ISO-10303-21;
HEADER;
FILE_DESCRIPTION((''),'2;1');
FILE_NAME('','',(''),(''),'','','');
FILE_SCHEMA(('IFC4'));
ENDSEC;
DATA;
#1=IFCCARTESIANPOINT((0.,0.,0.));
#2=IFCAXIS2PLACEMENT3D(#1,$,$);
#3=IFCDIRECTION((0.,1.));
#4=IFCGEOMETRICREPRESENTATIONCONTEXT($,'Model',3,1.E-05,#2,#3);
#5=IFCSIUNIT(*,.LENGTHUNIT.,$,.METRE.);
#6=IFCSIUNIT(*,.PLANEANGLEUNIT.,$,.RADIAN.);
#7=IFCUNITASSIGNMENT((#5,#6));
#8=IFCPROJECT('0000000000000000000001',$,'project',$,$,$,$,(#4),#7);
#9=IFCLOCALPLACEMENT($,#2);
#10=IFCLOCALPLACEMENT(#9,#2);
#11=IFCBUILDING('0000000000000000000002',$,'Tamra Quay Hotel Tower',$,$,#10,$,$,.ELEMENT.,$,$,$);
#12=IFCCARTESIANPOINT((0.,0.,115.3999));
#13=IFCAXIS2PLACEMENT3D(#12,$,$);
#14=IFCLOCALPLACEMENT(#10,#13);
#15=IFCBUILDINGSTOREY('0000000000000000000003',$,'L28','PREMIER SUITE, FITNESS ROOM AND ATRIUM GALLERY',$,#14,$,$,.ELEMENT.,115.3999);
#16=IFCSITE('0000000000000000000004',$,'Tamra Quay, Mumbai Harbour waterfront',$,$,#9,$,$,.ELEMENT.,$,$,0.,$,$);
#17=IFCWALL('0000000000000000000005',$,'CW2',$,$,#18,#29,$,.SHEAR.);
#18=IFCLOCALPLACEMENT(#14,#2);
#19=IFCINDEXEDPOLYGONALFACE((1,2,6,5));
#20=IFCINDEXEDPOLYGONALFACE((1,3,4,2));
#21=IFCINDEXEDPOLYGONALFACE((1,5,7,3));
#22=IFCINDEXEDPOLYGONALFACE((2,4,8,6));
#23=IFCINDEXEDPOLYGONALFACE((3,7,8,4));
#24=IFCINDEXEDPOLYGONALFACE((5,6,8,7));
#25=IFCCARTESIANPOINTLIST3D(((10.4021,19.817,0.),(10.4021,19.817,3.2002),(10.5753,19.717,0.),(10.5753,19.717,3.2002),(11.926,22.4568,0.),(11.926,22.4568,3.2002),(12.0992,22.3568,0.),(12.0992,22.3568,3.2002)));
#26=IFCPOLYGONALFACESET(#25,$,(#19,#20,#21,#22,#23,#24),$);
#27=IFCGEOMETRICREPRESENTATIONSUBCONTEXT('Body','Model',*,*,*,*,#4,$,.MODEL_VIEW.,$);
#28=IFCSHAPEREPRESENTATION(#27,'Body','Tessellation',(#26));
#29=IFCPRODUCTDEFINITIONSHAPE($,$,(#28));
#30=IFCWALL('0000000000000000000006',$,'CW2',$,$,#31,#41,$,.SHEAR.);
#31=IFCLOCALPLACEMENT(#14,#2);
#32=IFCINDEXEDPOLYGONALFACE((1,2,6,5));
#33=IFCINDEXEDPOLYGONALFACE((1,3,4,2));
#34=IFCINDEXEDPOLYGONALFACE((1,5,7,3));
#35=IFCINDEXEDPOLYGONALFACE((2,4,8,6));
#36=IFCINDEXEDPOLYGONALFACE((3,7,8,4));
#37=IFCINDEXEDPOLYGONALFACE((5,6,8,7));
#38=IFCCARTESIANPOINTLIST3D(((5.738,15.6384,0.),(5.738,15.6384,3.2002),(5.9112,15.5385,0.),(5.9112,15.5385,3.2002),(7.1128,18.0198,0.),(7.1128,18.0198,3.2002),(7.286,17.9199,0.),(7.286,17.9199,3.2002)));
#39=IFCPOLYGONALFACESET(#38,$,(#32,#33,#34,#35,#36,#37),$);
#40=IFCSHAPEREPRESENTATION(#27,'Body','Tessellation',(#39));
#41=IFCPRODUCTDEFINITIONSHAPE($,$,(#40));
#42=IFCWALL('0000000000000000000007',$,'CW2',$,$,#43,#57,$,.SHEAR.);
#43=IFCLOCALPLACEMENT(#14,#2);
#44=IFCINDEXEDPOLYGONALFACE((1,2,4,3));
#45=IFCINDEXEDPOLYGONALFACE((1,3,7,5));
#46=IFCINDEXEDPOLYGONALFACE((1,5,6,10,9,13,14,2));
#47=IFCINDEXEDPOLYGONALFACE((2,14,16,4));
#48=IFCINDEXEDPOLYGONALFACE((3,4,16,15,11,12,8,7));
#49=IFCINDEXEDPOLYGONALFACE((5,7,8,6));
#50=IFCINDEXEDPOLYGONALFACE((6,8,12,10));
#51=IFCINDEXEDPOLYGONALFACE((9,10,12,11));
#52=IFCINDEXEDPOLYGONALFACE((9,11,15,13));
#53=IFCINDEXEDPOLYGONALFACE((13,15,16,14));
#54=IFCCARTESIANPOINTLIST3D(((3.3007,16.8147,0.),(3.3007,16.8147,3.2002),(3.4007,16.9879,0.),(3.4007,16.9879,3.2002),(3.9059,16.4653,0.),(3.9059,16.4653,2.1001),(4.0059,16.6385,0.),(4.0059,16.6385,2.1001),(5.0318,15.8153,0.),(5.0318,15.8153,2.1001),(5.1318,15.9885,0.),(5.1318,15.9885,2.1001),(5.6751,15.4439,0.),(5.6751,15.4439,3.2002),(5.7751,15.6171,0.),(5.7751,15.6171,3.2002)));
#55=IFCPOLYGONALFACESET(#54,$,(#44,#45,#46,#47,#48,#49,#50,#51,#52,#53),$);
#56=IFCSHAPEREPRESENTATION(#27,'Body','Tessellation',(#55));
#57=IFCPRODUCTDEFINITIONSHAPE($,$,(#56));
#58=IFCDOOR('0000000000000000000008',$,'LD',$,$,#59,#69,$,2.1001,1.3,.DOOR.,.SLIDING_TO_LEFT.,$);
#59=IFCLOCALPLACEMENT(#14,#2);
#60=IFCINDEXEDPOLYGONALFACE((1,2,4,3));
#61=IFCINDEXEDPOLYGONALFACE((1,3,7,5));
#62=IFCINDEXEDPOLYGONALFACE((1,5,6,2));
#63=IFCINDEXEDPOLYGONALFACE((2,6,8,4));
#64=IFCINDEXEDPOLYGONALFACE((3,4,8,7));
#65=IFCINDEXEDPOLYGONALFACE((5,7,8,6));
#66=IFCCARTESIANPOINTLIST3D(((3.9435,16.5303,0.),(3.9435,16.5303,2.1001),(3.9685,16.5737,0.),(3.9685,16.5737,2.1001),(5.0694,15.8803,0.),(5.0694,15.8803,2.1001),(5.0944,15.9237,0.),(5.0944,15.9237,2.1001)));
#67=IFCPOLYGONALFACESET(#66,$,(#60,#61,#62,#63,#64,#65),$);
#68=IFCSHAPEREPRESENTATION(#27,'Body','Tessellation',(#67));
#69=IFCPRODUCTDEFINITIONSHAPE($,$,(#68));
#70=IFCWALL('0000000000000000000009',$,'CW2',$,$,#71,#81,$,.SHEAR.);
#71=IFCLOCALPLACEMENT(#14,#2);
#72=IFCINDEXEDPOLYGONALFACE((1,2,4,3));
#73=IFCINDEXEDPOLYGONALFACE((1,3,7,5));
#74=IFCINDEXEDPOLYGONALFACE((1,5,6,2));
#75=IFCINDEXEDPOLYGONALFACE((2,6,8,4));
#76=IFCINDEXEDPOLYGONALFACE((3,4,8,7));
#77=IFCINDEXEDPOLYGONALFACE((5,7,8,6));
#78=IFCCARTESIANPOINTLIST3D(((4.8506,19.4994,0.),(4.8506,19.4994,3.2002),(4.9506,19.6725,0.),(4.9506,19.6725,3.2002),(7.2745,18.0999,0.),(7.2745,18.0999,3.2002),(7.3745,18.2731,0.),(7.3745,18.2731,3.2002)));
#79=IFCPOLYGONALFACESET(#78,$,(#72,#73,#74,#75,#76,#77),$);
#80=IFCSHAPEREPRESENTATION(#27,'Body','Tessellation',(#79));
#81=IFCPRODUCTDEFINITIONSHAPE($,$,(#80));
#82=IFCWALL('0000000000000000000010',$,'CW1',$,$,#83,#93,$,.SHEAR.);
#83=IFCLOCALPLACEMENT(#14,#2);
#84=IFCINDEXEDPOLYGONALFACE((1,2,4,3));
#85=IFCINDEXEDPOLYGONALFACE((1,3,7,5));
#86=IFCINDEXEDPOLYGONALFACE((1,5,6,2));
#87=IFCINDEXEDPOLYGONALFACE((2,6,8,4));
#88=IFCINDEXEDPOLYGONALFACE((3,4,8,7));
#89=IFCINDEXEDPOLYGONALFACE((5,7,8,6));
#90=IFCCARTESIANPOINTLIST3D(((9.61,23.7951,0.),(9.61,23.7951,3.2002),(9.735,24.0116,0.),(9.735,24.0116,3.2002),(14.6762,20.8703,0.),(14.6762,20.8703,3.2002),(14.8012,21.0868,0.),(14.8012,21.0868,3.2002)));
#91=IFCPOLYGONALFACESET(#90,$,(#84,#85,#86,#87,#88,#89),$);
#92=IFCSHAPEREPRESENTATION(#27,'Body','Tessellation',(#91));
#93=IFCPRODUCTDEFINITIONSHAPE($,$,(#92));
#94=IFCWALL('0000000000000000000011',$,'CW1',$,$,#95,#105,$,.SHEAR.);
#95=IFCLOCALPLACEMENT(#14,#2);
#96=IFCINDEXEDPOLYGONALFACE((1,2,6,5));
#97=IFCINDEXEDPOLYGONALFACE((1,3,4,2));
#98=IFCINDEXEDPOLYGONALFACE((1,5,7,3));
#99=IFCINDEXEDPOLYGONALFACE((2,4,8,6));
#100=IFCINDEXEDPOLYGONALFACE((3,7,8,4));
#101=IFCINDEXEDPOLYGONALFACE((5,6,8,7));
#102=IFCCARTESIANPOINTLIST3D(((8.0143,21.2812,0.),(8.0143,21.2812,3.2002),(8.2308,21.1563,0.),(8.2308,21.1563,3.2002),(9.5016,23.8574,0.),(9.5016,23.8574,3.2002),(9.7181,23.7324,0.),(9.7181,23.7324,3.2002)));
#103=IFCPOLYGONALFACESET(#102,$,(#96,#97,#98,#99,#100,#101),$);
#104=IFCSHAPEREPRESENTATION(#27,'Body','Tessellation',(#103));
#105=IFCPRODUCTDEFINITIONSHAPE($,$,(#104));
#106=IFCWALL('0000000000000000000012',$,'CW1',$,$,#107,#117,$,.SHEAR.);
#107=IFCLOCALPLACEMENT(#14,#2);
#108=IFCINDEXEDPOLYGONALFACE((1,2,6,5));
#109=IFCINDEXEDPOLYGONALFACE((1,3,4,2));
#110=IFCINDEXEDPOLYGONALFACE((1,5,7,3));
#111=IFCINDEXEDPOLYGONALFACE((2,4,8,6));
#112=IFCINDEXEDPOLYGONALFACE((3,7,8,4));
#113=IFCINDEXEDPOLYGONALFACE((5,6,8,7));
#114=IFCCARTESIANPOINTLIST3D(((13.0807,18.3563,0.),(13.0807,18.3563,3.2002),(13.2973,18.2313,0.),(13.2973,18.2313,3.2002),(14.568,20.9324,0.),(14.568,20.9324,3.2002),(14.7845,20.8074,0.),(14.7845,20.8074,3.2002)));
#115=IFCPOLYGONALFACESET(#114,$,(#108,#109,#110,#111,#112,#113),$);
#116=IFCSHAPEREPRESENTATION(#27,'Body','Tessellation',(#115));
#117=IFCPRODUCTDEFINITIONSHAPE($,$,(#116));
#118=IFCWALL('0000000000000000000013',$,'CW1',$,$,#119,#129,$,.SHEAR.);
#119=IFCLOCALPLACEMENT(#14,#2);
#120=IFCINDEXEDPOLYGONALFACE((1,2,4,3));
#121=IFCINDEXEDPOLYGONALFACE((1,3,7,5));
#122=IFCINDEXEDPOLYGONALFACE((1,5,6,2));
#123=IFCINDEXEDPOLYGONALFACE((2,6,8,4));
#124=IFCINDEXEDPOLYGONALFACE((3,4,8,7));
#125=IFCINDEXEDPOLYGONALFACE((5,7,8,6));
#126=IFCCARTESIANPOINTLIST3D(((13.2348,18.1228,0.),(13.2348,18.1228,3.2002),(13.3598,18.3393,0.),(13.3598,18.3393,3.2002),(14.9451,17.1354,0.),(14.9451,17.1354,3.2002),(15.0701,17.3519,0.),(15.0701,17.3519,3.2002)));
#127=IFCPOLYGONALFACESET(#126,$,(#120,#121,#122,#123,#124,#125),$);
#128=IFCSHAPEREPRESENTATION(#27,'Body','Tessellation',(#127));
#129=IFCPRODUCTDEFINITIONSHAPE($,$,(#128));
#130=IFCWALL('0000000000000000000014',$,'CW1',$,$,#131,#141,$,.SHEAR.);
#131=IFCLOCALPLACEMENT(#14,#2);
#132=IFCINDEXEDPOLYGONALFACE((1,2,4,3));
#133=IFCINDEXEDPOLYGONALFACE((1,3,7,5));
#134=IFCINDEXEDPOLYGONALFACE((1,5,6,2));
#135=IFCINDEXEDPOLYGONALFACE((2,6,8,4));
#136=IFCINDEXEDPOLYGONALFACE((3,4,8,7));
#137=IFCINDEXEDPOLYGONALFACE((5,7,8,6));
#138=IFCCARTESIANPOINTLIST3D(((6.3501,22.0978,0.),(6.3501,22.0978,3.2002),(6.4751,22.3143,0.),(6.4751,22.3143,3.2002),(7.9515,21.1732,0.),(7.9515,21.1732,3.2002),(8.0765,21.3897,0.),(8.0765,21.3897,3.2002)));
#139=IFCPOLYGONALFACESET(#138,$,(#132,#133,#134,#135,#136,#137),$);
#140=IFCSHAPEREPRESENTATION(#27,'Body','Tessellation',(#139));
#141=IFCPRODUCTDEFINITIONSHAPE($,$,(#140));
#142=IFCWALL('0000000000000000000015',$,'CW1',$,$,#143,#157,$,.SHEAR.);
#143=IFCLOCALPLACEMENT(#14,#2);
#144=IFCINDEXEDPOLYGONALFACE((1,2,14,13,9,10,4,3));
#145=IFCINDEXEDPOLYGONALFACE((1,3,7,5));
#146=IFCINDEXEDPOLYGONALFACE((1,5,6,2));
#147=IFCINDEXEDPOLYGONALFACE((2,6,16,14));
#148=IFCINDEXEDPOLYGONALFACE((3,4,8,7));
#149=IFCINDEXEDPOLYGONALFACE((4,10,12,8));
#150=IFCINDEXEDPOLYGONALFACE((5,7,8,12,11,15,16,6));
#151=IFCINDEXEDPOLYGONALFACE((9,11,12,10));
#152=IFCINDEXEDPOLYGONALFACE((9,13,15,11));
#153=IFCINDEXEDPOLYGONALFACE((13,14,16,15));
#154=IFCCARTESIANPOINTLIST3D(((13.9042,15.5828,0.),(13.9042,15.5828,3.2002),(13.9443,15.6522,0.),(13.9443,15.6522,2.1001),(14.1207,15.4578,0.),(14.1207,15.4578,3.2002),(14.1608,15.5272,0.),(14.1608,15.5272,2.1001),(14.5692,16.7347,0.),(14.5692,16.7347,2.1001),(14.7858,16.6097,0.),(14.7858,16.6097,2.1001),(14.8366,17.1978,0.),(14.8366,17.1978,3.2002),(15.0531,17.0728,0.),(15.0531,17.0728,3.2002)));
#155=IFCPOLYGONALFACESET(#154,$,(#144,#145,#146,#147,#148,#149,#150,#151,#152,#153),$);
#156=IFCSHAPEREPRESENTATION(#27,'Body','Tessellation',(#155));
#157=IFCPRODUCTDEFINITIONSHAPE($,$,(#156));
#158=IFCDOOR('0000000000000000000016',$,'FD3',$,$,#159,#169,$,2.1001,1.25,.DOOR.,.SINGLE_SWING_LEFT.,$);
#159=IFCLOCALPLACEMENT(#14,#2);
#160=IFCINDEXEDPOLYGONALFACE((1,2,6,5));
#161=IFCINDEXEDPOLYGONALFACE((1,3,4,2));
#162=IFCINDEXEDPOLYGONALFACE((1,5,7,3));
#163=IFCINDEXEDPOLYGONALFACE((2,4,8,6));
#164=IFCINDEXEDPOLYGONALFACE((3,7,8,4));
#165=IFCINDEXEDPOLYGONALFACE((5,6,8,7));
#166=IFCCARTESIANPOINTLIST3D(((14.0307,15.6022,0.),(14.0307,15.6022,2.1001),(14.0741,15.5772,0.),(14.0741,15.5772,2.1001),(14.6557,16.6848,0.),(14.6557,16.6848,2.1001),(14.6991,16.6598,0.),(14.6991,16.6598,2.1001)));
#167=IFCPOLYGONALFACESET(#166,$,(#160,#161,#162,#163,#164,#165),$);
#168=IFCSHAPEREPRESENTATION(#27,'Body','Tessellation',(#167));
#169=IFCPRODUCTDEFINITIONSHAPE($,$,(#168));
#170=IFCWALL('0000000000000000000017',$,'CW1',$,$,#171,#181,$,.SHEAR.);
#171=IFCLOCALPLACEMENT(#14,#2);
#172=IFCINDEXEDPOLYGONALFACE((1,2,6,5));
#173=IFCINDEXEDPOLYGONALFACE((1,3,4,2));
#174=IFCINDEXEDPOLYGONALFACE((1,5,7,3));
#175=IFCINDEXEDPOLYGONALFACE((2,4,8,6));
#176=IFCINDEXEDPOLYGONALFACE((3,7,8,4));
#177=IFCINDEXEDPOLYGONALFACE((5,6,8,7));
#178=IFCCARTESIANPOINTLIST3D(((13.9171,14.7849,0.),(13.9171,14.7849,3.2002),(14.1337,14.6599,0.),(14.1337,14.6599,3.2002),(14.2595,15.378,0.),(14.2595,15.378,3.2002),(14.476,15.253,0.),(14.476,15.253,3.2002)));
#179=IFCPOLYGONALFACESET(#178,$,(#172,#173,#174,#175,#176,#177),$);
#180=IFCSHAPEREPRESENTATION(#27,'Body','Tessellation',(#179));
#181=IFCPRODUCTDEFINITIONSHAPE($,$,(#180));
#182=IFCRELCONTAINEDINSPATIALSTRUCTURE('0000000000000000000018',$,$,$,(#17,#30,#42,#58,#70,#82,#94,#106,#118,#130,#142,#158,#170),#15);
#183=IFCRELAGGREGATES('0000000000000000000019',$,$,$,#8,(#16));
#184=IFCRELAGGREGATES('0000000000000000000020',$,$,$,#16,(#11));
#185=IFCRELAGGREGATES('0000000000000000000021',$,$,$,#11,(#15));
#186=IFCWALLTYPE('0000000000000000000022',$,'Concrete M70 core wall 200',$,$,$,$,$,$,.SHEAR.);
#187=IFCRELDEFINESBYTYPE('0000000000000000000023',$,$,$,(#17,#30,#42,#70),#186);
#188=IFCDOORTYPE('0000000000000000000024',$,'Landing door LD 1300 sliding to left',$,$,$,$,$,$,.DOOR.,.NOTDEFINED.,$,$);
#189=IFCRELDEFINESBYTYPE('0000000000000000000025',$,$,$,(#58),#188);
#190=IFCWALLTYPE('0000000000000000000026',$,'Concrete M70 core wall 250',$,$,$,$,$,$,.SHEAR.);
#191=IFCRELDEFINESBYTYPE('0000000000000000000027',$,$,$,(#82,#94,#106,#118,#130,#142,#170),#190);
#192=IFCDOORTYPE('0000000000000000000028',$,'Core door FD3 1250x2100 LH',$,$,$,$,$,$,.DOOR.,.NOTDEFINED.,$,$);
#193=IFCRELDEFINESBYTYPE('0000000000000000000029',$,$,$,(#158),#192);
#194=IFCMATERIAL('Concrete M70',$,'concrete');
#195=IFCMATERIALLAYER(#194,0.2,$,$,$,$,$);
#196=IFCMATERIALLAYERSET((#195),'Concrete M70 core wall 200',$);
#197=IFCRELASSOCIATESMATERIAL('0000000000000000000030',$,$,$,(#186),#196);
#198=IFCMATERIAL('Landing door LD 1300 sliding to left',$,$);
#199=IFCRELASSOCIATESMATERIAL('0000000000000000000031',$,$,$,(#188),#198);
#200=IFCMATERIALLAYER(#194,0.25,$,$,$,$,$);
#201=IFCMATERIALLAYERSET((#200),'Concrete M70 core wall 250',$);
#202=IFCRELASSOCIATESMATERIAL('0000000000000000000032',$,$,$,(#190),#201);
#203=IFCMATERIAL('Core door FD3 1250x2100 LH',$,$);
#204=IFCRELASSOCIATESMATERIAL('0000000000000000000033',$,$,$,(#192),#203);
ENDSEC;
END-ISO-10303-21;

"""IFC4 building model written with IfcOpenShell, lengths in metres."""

from ifc_helpers import new_model, si_unit, direction, frame, frame_2d, origin, place, context, subcontext, project, spatial, rectangle, extrude, material, layer, layer_set, type_object, element, fill, save


model = new_model("IFC4")

# Units and contexts
model_context = context("Model", 3, precision=1e-05, world=origin(), true_north=direction((0.0, 1.0)))
body_context = subcontext(model_context, "Body", "Model", "MODEL_VIEW")
ifc_project = project(units=[si_unit("LENGTHUNIT", "METRE"), si_unit("PLANEANGLEUNIT", "RADIAN")], contexts=[model_context])

# Site, building, storey
site_placement = place(None, origin())
site = spatial("IfcSite", under=ifc_project, at=site_placement, Name="Tamra Quay, Mumbai Harbour waterfront", CompositionType="ELEMENT", RefElevation=0.0)
building_placement = place(site_placement, origin())
building = spatial("IfcBuilding", under=site, at=building_placement, Name="Tamra Quay Hotel Tower", CompositionType="ELEMENT")
storey_placement = place(building_placement, frame((0.0, 0.0, 115.3999)))
storey = spatial("IfcBuildingStorey", under=building, at=storey_placement, Name="L28", Description="PREMIER SUITE, FITNESS ROOM AND ATRIUM GALLERY", CompositionType="ELEMENT", Elevation=115.3999)

# Shared definitions
ifc_material_1 = material(Name="Concrete M70", Category="concrete")

# Shared definitions
ifc_layer_1 = layer(ifc_material_1, 0.2)
ifc_layer_set_1 = layer_set([ifc_layer_1], Name="Concrete M70 core wall 200")
wall_type_1 = type_object("IfcWallType", Name="Concrete M70 core wall 200", PredefinedType="SHEAR", material=ifc_layer_set_1)

# Walls
wall_1_placement = place(storey_placement, frame((10.4888, 19.7671, 0.0), z_axis=(0.0, 0.0, 1.0), x_axis=(0.499947, 0.866056, 0.0)))
element("IfcWall", 1, at=wall_1_placement, inside=storey, type_object=wall_type_1, Name="CW2", PredefinedType="SHEAR", context=body_context, shape_type="SweptSolid", body=[
    extrude(rectangle(XDim=3.0481, YDim=0.2, at=frame_2d((1.5239, 0.0))), origin(), (0.0, 0.0, 1.0), 3.2002),
])
wall_2_placement = place(storey_placement, frame((7.1995, 17.97, 0.0), z_axis=(0.0, 0.0, 1.0), x_axis=(-0.499968, -0.866044, 0.0)))
element("IfcWall", 2, at=wall_2_placement, inside=storey, type_object=wall_type_1, Name="CW2", PredefinedType="SHEAR", context=body_context, shape_type="SweptSolid", body=[
    extrude(rectangle(XDim=2.7498, YDim=0.2, at=frame_2d((1.375, 0.0))), origin(), (0.0, 0.0, 1.0), 3.2002),
])

# Wall, opening, door
wall_3_placement = place(storey_placement, frame((5.7251, 15.5305, 0.0), z_axis=(0.0, 0.0, 1.0), x_axis=(-0.866037, 0.499979, 0.0)))
wall_3 = element("IfcWall", 3, at=wall_3_placement, inside=storey, type_object=wall_type_1, Name="CW2", PredefinedType="SHEAR", context=body_context, shape_type="SweptSolid", body=[
    extrude(rectangle(XDim=2.7417, YDim=0.2, at=frame_2d((1.3708, 0.0))), origin(), (0.0, 0.0, 1.0), 3.2002),
])
opening_1_placement = place(wall_3_placement, frame((0.7429, 0.0, 0.0)))
opening_1 = element("IfcOpeningElement", 4, at=opening_1_placement, cuts=wall_3, PredefinedType="OPENING", context=body_context, shape_type="SweptSolid", body=[
    extrude(rectangle(XDim=1.3, YDim=2.1001, at=frame_2d((0.6499, 1.05))), frame((0.0, 0.1099, 0.0), z_axis=(0.0, -1.0, 0.0), x_axis=(1.0, 0.0, 0.0)), (0.0, 0.0, 1.0), 0.22),
])
ifc_material_2 = material(Name="Landing door LD 1300 sliding to left")
door_type_1 = type_object("IfcDoorType", Name="Landing door LD 1300 sliding to left", OperationType="NOTDEFINED", PredefinedType="DOOR", material=ifc_material_2)
door_1_placement = place(opening_1_placement, origin())
door_1 = element("IfcDoor", 5, at=door_1_placement, inside=storey, type_object=door_type_1, Name="LD", OperationType="SLIDING_TO_LEFT", OverallHeight=2.1001, OverallWidth=1.3, PredefinedType="DOOR", context=body_context, shape_type="SweptSolid", body=[
    extrude(rectangle(XDim=1.3, YDim=2.1001, at=frame_2d((0.6499, 1.05))), frame((0.0, 0.0249, 0.0), z_axis=(0.0, -1.0, 0.0), x_axis=(1.0, 0.0, 0.0)), (0.0, 0.0, 1.0), 0.05),
])
fill(opening_1, door_1)

# Walls
wall_4_placement = place(storey_placement, frame((4.9006, 19.5859, 0.0), z_axis=(0.0, 0.0, 1.0), x_axis=(0.866023, -0.500004, 0.0)))
element("IfcWall", 6, at=wall_4_placement, inside=storey, type_object=wall_type_1, Name="CW2", PredefinedType="SHEAR", context=body_context, shape_type="SweptSolid", body=[
    extrude(rectangle(XDim=2.7988, YDim=0.2, at=frame_2d((1.3994, 0.0))), origin(), (0.0, 0.0, 1.0), 3.2002),
])
ifc_layer_2 = layer(ifc_material_1, 0.25)
ifc_layer_set_2 = layer_set([ifc_layer_2], Name="Concrete M70 core wall 250")
wall_type_2 = type_object("IfcWallType", Name="Concrete M70 core wall 250", PredefinedType="SHEAR", material=ifc_layer_set_2)
wall_5_placement = place(storey_placement, frame((9.6726, 23.9033, 0.0), z_axis=(0.0, 0.0, 1.0), x_axis=(0.866036, -0.499981, 0.0)))
element("IfcWall", 7, at=wall_5_placement, inside=storey, type_object=wall_type_2, Name="CW1", PredefinedType="SHEAR", context=body_context, shape_type="SweptSolid", body=[
    extrude(rectangle(XDim=5.8499, YDim=0.25, at=frame_2d((2.9248, 0.0))), origin(), (0.0, 0.0, 1.0), 3.2002),
])
for number, where, z_axis, x_axis, name in (
    (8, (8.1226, 21.2188, 0.0), (0.0, 0.0, 1.0), (0.499988, 0.866033, 0.0), "CW1"),
    (9, (14.6763, 20.8699, 0.0), (0.0, 0.0, 1.0), (-0.499988, -0.866033, 0.0), "CW1"),
):
    element("IfcWall", number, at=place(storey_placement, frame(where, z_axis=z_axis, x_axis=x_axis)), inside=storey, type_object=wall_type_2, Name=name, PredefinedType="SHEAR", context=body_context, shape_type="SweptSolid", body=[
        extrude(rectangle(XDim=2.9746, YDim=0.25, at=frame_2d((1.4873, 0.0))), origin(), (0.0, 0.0, 1.0), 3.2002),
    ])
wall_6_placement = place(storey_placement, frame((13.2974, 18.231, 0.0), z_axis=(0.0, 0.0, 1.0), x_axis=(0.866044, -0.499969, 0.0)))
element("IfcWall", 10, at=wall_6_placement, inside=storey, type_object=wall_type_2, Name="CW1", PredefinedType="SHEAR", context=body_context, shape_type="SweptSolid", body=[
    extrude(rectangle(XDim=1.9749, YDim=0.25, at=frame_2d((0.9873, 0.0))), origin(), (0.0, 0.0, 1.0), 3.2002),
])
wall_7_placement = place(storey_placement, frame((6.4126, 22.2061, 0.0), z_axis=(0.0, 0.0, 1.0), x_axis=(0.866016, -0.500016, 0.0)))
element("IfcWall", 11, at=wall_7_placement, inside=storey, type_object=wall_type_2, Name="CW1", PredefinedType="SHEAR", context=body_context, shape_type="SweptSolid", body=[
    extrude(rectangle(XDim=1.8491, YDim=0.25, at=frame_2d((0.9246, 0.0))), origin(), (0.0, 0.0, 1.0), 3.2002),
])

# Wall, opening, door
wall_8_placement = place(storey_placement, frame((14.9448, 17.1353, 0.0), z_axis=(0.0, 0.0, 1.0), x_axis=(-0.499983, -0.866035, 0.0)))
wall_8 = element("IfcWall", 12, at=wall_8_placement, inside=storey, type_object=wall_type_2, Name="CW1", PredefinedType="SHEAR", context=body_context, shape_type="SweptSolid", body=[
    extrude(rectangle(XDim=1.8647, YDim=0.25, at=frame_2d((0.9324, 0.0))), origin(), (0.0, 0.0, 1.0), 3.2002),
])
opening_2_placement = place(wall_8_placement, frame((0.5347, 0.0, 0.0)))
opening_2 = element("IfcOpeningElement", 13, at=opening_2_placement, cuts=wall_8, PredefinedType="OPENING", context=body_context, shape_type="SweptSolid", body=[
    extrude(rectangle(XDim=1.25, YDim=2.1001, at=frame_2d((0.625, 1.05))), frame((0.0, 0.135, 0.0), z_axis=(0.0, -1.0, 0.0), x_axis=(1.0, 0.0, 0.0)), (0.0, 0.0, 1.0), 0.27),
])
ifc_material_3 = material(Name="Core door FD3 1250x2100 LH")
door_type_2 = type_object("IfcDoorType", Name="Core door FD3 1250x2100 LH", OperationType="NOTDEFINED", PredefinedType="DOOR", material=ifc_material_3)
door_2_placement = place(opening_2_placement, origin())
door_2 = element("IfcDoor", 14, at=door_2_placement, inside=storey, type_object=door_type_2, Name="FD3", OperationType="SINGLE_SWING_LEFT", OverallHeight=2.1001, OverallWidth=1.25, PredefinedType="DOOR", context=body_context, shape_type="SweptSolid", body=[
    extrude(rectangle(XDim=1.25, YDim=2.1001, at=frame_2d((0.625, 1.05))), frame((0.0, 0.0249, 0.0), z_axis=(0.0, -1.0, 0.0), x_axis=(1.0, 0.0, 0.0)), (0.0, 0.0, 1.0), 0.05),
])
fill(opening_2, door_2)

# Wall
wall_9_placement = place(storey_placement, frame((14.3677, 15.3154, 0.0), z_axis=(0.0, 0.0, 1.0), x_axis=(-0.499897, -0.866085, 0.0)))
element("IfcWall", 15, at=wall_9_placement, inside=storey, type_object=wall_type_2, Name="CW1", PredefinedType="SHEAR", context=body_context, shape_type="SweptSolid", body=[
    extrude(rectangle(XDim=0.6848, YDim=0.25, at=frame_2d((0.3423, 0.0))), origin(), (0.0, 0.0, 1.0), 3.2002),
])

save(model, "model.ifc")
